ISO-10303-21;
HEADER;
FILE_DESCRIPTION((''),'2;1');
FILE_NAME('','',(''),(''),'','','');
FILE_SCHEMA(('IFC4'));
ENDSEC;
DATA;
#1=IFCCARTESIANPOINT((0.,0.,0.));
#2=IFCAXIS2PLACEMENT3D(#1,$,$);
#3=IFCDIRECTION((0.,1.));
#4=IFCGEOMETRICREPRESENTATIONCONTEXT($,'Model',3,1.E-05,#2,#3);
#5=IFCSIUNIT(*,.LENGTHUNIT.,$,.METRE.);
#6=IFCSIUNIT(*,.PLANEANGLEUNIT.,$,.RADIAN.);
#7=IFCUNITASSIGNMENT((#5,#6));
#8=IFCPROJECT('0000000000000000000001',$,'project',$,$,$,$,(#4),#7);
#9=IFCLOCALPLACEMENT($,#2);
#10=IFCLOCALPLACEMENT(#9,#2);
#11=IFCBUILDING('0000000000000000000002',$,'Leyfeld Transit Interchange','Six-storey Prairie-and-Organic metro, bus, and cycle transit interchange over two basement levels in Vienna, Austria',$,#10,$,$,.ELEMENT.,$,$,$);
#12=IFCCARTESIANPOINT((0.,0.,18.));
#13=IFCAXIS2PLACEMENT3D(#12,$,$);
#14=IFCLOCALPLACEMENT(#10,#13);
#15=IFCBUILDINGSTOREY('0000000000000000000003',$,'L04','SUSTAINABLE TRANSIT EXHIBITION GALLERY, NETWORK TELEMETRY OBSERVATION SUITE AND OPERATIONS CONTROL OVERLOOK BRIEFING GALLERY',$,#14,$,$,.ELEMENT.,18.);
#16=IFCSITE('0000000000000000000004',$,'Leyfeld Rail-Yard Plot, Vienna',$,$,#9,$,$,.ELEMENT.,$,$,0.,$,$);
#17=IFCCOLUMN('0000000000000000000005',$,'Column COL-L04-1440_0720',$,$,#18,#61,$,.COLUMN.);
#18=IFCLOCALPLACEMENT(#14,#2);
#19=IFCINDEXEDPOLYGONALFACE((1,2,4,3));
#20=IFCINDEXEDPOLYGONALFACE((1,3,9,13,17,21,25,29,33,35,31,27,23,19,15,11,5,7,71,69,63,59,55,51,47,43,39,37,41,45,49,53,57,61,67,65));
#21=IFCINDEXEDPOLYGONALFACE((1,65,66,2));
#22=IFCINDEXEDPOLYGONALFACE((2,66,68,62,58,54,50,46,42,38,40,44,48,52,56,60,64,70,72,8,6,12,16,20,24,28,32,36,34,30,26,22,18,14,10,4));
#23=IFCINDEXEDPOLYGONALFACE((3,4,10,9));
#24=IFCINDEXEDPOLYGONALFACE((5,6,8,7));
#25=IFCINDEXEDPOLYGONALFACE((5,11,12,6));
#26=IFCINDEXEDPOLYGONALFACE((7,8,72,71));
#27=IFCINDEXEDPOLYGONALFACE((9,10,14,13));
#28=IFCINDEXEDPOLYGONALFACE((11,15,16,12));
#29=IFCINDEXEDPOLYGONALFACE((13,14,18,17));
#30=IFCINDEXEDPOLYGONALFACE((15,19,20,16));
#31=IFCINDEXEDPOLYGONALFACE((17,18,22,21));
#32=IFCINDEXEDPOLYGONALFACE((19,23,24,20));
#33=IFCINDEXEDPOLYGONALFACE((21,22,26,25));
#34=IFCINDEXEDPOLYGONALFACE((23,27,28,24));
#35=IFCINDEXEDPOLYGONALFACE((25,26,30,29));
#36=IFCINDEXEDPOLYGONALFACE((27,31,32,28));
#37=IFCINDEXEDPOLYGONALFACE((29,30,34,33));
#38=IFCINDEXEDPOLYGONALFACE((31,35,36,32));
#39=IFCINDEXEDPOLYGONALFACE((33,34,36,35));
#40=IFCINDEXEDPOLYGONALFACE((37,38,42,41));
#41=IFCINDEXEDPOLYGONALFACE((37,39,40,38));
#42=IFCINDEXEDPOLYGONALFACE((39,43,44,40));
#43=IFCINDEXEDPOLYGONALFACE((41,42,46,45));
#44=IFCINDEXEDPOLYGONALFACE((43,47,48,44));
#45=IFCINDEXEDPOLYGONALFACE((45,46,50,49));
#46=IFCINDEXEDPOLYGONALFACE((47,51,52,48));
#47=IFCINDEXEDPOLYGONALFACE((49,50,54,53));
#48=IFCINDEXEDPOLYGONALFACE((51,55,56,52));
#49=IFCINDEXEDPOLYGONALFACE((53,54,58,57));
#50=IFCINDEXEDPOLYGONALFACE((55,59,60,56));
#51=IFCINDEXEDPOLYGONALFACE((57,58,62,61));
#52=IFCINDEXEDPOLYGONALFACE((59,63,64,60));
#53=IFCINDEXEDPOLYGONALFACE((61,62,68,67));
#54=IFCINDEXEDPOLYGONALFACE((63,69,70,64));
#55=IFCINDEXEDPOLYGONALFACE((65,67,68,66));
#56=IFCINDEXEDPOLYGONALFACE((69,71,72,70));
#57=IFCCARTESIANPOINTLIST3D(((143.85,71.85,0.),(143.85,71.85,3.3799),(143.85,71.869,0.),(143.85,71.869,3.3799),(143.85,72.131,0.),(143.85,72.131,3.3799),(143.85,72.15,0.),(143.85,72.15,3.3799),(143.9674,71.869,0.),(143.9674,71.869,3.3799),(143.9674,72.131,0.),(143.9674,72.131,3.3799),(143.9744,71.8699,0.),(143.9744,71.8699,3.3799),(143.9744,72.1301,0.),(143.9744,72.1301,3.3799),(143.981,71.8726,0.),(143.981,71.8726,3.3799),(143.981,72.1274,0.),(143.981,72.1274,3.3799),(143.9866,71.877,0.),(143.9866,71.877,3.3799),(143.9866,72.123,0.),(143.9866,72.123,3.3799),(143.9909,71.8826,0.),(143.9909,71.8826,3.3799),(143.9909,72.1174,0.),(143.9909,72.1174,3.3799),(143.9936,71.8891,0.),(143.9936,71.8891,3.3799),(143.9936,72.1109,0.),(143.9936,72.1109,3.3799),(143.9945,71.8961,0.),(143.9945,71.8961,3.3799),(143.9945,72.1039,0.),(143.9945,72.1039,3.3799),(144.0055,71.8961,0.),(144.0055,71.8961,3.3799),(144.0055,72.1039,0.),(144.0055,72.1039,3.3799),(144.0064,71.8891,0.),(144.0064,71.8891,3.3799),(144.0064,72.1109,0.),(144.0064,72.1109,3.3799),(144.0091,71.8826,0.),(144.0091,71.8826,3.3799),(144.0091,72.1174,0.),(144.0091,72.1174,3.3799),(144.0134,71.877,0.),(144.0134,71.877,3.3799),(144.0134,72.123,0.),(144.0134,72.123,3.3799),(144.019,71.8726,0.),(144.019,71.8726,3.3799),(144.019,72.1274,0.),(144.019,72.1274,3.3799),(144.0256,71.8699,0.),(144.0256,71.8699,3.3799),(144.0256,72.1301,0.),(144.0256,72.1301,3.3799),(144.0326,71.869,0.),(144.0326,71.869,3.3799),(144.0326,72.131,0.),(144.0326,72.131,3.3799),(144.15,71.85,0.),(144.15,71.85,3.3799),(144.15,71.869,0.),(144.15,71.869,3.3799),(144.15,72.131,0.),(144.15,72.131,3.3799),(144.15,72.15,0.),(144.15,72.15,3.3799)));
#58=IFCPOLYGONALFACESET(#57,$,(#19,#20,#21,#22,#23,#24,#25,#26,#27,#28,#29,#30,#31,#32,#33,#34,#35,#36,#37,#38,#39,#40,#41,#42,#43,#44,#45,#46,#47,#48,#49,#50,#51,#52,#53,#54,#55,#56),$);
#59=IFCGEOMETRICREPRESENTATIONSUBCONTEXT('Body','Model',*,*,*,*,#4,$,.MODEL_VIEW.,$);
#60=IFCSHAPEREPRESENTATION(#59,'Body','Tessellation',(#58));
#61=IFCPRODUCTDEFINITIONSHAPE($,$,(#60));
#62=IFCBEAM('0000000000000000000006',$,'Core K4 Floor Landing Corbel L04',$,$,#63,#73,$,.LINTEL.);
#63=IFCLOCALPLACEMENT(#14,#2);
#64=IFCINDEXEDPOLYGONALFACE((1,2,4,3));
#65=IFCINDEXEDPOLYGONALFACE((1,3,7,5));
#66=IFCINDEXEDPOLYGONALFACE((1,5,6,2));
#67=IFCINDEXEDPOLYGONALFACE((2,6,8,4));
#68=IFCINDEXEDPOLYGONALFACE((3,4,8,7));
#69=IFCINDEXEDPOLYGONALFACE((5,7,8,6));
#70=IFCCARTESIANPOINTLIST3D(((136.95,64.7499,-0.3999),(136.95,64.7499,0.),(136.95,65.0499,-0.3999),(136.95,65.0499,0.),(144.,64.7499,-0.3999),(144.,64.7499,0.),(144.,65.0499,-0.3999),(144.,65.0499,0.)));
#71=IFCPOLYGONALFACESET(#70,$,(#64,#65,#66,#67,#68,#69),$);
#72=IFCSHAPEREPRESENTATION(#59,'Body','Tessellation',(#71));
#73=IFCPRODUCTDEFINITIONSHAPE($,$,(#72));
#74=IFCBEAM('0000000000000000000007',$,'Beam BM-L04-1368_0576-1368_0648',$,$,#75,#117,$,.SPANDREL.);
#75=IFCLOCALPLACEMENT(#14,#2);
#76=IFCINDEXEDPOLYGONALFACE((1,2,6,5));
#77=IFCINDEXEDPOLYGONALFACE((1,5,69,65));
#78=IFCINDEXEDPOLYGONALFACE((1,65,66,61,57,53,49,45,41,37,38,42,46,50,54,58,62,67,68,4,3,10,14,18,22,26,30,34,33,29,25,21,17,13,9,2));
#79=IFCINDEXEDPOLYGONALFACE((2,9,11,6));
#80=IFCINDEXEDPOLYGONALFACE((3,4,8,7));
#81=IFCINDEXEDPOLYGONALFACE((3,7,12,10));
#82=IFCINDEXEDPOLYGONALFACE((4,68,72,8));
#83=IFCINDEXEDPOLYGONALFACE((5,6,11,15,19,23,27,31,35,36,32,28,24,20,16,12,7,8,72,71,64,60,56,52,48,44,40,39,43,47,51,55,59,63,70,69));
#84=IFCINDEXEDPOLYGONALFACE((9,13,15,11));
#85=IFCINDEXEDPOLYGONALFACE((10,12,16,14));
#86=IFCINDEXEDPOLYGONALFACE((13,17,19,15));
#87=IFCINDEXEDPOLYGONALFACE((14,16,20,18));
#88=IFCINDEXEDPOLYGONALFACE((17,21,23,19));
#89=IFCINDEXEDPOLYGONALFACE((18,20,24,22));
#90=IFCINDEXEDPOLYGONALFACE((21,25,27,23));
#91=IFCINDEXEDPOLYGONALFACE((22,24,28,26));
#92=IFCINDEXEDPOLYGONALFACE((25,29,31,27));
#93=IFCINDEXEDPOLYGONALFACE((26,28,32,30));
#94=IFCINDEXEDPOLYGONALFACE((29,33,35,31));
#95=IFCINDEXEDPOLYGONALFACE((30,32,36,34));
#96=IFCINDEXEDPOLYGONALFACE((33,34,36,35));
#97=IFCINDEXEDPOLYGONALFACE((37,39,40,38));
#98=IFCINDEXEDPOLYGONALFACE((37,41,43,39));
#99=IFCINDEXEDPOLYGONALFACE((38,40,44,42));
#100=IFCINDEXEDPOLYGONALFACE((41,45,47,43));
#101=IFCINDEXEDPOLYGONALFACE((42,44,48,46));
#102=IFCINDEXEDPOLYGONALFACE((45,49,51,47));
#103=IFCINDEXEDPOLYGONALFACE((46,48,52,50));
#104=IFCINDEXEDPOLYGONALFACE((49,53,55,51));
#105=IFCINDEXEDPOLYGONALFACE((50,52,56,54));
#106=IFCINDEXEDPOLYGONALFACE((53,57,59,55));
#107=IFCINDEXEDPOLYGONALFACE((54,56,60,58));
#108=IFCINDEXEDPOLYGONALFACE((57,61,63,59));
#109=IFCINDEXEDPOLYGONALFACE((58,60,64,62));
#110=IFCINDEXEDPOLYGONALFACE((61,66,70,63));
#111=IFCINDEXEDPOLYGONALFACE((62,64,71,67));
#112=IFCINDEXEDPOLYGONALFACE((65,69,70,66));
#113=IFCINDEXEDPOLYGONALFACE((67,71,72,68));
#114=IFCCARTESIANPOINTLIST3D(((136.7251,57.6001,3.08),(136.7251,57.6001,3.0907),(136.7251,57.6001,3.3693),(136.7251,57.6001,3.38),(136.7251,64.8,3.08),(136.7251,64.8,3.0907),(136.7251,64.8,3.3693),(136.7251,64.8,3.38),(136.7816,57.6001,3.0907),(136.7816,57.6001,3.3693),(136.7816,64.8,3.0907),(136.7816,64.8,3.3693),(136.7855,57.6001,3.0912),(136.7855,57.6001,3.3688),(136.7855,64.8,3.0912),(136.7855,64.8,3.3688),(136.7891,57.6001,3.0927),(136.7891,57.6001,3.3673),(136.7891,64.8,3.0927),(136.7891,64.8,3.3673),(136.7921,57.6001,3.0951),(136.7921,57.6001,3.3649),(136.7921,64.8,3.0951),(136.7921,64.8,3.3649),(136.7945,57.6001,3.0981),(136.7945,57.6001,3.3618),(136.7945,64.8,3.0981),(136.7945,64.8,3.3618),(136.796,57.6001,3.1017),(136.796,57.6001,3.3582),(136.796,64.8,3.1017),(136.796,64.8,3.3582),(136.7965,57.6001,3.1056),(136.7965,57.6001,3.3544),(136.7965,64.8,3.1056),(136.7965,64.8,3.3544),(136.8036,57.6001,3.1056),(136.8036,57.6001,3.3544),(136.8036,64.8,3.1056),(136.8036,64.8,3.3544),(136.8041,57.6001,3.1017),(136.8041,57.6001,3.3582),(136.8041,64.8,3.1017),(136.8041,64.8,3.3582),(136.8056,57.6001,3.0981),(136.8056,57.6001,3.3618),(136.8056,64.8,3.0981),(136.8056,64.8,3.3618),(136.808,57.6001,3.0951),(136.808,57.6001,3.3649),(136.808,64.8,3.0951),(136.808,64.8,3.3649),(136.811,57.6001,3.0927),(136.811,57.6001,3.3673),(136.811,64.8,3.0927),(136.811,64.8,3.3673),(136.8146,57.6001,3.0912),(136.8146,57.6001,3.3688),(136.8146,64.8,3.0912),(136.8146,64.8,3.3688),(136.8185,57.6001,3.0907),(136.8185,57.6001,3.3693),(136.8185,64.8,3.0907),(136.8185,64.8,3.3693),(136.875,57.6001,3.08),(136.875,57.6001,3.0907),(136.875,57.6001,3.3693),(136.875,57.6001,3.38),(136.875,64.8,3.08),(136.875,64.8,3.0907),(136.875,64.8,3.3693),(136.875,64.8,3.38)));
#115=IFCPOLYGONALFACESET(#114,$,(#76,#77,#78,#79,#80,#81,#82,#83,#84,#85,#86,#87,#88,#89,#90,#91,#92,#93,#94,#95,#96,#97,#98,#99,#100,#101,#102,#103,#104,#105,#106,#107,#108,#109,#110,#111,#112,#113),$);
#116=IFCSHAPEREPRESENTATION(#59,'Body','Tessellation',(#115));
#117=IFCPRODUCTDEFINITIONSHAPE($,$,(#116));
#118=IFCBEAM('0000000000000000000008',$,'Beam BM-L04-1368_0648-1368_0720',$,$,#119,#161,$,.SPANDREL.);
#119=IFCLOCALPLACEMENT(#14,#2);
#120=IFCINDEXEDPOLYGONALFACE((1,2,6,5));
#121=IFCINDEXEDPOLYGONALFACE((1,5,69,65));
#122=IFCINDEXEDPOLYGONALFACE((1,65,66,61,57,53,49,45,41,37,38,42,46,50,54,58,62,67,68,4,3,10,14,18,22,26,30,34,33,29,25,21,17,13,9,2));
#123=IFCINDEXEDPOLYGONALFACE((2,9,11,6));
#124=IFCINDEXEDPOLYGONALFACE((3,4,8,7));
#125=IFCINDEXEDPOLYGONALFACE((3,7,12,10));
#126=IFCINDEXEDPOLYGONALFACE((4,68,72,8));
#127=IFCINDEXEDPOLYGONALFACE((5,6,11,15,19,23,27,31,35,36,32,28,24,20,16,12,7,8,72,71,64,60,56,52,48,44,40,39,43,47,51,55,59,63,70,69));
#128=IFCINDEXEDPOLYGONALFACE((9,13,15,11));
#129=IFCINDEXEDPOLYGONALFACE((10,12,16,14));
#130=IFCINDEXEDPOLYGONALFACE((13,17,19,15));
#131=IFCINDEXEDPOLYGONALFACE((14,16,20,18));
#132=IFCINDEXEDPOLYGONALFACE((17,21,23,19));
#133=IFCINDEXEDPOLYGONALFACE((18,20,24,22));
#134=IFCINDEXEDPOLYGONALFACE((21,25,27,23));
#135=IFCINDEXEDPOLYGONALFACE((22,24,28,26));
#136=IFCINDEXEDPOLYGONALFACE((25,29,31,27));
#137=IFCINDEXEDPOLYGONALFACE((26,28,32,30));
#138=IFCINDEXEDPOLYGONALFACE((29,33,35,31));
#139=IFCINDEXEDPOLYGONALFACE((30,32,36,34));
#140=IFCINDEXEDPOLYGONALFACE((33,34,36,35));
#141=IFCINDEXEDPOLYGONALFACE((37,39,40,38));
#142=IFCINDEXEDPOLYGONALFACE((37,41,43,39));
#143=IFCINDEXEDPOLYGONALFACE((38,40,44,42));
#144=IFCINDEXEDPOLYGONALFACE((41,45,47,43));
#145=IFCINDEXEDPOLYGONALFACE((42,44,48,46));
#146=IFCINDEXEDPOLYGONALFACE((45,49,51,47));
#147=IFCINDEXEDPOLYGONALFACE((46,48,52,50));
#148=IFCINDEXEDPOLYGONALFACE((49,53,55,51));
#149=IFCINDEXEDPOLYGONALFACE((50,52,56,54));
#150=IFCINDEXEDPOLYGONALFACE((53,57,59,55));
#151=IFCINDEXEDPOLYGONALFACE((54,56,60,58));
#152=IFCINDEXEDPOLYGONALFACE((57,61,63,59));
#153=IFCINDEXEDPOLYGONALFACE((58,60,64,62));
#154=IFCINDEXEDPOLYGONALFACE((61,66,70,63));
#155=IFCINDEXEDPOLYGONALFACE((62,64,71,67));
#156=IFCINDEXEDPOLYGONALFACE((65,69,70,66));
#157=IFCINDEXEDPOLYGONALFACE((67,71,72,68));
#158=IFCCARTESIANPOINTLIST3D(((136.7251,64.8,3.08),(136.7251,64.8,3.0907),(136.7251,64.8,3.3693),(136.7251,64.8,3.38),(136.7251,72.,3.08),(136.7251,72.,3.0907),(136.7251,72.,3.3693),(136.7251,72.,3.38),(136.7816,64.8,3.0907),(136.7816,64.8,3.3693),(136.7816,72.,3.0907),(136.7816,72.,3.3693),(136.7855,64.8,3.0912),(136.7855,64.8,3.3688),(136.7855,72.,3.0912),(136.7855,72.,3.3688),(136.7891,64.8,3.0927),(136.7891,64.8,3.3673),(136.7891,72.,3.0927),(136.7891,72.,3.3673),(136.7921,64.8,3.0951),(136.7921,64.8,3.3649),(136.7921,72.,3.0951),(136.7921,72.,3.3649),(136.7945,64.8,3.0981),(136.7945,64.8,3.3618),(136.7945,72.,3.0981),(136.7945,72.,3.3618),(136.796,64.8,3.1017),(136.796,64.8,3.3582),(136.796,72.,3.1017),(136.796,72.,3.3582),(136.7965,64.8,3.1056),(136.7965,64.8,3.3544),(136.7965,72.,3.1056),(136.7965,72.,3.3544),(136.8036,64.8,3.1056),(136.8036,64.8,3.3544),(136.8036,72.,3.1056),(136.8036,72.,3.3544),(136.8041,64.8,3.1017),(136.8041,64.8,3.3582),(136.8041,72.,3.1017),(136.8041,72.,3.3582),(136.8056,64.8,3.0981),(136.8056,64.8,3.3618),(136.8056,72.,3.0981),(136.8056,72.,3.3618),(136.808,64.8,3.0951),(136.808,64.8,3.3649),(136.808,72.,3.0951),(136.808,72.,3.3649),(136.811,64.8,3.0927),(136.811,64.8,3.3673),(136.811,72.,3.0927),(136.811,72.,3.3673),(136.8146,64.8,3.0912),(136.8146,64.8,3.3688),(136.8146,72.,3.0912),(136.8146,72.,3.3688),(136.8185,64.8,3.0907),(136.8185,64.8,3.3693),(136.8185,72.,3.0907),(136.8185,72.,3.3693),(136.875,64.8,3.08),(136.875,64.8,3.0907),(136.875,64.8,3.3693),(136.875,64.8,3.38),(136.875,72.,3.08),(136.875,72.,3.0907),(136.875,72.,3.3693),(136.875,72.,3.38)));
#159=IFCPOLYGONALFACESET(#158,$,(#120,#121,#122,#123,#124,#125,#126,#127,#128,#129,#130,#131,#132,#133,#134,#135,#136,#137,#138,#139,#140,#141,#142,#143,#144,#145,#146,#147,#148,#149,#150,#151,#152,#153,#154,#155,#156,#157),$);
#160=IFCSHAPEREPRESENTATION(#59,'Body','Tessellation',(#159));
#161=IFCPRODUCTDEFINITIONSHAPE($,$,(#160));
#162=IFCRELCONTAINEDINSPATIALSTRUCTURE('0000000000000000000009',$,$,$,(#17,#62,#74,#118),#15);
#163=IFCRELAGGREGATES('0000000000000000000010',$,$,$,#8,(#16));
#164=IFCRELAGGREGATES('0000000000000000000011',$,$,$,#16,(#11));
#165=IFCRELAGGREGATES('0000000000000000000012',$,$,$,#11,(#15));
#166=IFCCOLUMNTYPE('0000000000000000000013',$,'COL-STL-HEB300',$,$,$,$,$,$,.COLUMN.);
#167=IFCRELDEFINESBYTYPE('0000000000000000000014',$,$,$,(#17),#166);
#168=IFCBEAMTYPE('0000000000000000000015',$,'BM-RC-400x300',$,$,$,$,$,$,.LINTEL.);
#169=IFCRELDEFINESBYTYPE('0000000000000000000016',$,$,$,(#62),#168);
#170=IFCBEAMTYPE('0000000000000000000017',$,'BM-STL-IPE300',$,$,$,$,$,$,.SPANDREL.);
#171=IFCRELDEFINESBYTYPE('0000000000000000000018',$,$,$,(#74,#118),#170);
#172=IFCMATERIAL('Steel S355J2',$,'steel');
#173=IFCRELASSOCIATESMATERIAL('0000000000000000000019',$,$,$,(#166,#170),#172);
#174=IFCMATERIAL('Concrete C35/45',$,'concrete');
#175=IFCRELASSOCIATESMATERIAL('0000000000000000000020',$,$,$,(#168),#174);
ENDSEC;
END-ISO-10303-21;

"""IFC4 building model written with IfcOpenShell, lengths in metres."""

from ifc_helpers import new_model, si_unit, direction, frame, origin, origin_2d, place, context, subcontext, project, spatial, rectangle, i_section, extrude, material, material_profile, profile_set, type_object, element, save


model = new_model("IFC4")

# Units and contexts
model_context = context("Model", 3, precision=1e-05, world=origin(), true_north=direction((0.0, 1.0)))
body_context = subcontext(model_context, "Body", "Model", "MODEL_VIEW")
ifc_project = project(units=[si_unit("LENGTHUNIT", "METRE"), si_unit("PLANEANGLEUNIT", "RADIAN")], contexts=[model_context])

# Site, building, storey
site_placement = place(None, origin())
site = spatial("IfcSite", under=ifc_project, at=site_placement, Name="Leyfeld Rail-Yard Plot, Vienna", CompositionType="ELEMENT", RefElevation=0.0)
building_placement = place(site_placement, origin())
building = spatial("IfcBuilding", under=site, at=building_placement, Name="Leyfeld Transit Interchange", Description="Six-storey Prairie-and-Organic metro, bus, and cycle transit interchange over two basement levels in Vienna, Austria", CompositionType="ELEMENT")
storey_placement = place(building_placement, frame((0.0, 0.0, 18.0)))
storey = spatial("IfcBuildingStorey", under=building, at=storey_placement, Name="L04", Description="SUSTAINABLE TRANSIT EXHIBITION GALLERY, NETWORK TELEMETRY OBSERVATION SUITE AND OPERATIONS CONTROL OVERLOOK BRIEFING GALLERY", CompositionType="ELEMENT", Elevation=18.0)

# Column
ifc_material_1 = material(Name="Steel S355J2", Category="steel")
ifc_material_profile_1 = material_profile(ifc_material_1, i_section(OverallWidth=0.3, OverallDepth=0.3, WebThickness=0.011, FlangeThickness=0.019, FilletRadius=0.0271, at=origin_2d()), Name="HEB 300")
ifc_profile_set_1 = profile_set([ifc_material_profile_1], Name="Steel S355J2")
column_type = type_object("IfcColumnType", Name="COL-STL-HEB300", PredefinedType="COLUMN", material=ifc_profile_set_1)
for number, where, z_axis, x_axis, name in (
    (1, (144.0, 72.0, 0.0), (0.0, 0.0, 1.0), (1.0, 0.0, 0.0), "Column COL-L04-1440_0720"),
):
    element("IfcColumn", number, at=place(storey_placement, frame(where, z_axis=z_axis, x_axis=x_axis)), inside=storey, type_object=column_type, Name=name, PredefinedType="COLUMN", context=body_context, shape_type="SweptSolid", body=[
        extrude(i_section(OverallWidth=0.3, OverallDepth=0.3, WebThickness=0.011, FlangeThickness=0.019, FilletRadius=0.0271, at=origin_2d()), origin(), (0.0, 0.0, 1.0), 3.3799),
    ])

# Beams
ifc_material_2 = material(Name="Concrete C35/45", Category="concrete")
ifc_material_profile_2 = material_profile(ifc_material_2, rectangle(XDim=0.3, YDim=0.3999, at=origin_2d()), Name="RC 400x300")
ifc_profile_set_2 = profile_set([ifc_material_profile_2], Name="Concrete C35/45")
beam_type_1 = type_object("IfcBeamType", Name="BM-RC-400x300", PredefinedType="LINTEL", material=ifc_profile_set_2)
beam_placement = place(storey_placement, frame((136.95, 64.8999, -0.2), z_axis=(1.0, 0.0, 0.0), x_axis=(0.0, 1.0, 0.0)))
element("IfcBeam", 2, at=beam_placement, inside=storey, type_object=beam_type_1, Name="Core K4 Floor Landing Corbel L04", PredefinedType="LINTEL", context=body_context, shape_type="SweptSolid", body=[
    extrude(rectangle(XDim=0.3, YDim=0.3999, at=origin_2d()), origin(), (0.0, 0.0, 1.0), 7.05),
])
ifc_material_profile_3 = material_profile(ifc_material_1, i_section(OverallWidth=0.1499, OverallDepth=0.3, WebThickness=0.0071, FlangeThickness=0.0107, FilletRadius=0.0149, at=origin_2d()), Name="IPE 300")
ifc_profile_set_3 = profile_set([ifc_material_profile_3], Name="Steel S355J2")
beam_type_2 = type_object("IfcBeamType", Name="BM-STL-IPE300", PredefinedType="SPANDREL", material=ifc_profile_set_3)
for number, where, z_axis, x_axis, name in (
    (3, (136.8, 57.6001, 3.23), (0.0, 1.0, 0.0), (-1.0, 0.0, 0.0), "Beam BM-L04-1368_0576-1368_0648"),
    (4, (136.8, 64.8, 3.23), (0.0, 1.0, 0.0), (-1.0, 0.0, 0.0), "Beam BM-L04-1368_0648-1368_0720"),
):
    element("IfcBeam", number, at=place(storey_placement, frame(where, z_axis=z_axis, x_axis=x_axis)), inside=storey, type_object=beam_type_2, Name=name, PredefinedType="SPANDREL", context=body_context, shape_type="SweptSolid", body=[
        extrude(i_section(OverallWidth=0.1499, OverallDepth=0.3, WebThickness=0.0071, FlangeThickness=0.0107, FilletRadius=0.0149, at=origin_2d()), origin(), (0.0, 0.0, 1.0), 7.2),
    ])

save(model, "model.ifc")
